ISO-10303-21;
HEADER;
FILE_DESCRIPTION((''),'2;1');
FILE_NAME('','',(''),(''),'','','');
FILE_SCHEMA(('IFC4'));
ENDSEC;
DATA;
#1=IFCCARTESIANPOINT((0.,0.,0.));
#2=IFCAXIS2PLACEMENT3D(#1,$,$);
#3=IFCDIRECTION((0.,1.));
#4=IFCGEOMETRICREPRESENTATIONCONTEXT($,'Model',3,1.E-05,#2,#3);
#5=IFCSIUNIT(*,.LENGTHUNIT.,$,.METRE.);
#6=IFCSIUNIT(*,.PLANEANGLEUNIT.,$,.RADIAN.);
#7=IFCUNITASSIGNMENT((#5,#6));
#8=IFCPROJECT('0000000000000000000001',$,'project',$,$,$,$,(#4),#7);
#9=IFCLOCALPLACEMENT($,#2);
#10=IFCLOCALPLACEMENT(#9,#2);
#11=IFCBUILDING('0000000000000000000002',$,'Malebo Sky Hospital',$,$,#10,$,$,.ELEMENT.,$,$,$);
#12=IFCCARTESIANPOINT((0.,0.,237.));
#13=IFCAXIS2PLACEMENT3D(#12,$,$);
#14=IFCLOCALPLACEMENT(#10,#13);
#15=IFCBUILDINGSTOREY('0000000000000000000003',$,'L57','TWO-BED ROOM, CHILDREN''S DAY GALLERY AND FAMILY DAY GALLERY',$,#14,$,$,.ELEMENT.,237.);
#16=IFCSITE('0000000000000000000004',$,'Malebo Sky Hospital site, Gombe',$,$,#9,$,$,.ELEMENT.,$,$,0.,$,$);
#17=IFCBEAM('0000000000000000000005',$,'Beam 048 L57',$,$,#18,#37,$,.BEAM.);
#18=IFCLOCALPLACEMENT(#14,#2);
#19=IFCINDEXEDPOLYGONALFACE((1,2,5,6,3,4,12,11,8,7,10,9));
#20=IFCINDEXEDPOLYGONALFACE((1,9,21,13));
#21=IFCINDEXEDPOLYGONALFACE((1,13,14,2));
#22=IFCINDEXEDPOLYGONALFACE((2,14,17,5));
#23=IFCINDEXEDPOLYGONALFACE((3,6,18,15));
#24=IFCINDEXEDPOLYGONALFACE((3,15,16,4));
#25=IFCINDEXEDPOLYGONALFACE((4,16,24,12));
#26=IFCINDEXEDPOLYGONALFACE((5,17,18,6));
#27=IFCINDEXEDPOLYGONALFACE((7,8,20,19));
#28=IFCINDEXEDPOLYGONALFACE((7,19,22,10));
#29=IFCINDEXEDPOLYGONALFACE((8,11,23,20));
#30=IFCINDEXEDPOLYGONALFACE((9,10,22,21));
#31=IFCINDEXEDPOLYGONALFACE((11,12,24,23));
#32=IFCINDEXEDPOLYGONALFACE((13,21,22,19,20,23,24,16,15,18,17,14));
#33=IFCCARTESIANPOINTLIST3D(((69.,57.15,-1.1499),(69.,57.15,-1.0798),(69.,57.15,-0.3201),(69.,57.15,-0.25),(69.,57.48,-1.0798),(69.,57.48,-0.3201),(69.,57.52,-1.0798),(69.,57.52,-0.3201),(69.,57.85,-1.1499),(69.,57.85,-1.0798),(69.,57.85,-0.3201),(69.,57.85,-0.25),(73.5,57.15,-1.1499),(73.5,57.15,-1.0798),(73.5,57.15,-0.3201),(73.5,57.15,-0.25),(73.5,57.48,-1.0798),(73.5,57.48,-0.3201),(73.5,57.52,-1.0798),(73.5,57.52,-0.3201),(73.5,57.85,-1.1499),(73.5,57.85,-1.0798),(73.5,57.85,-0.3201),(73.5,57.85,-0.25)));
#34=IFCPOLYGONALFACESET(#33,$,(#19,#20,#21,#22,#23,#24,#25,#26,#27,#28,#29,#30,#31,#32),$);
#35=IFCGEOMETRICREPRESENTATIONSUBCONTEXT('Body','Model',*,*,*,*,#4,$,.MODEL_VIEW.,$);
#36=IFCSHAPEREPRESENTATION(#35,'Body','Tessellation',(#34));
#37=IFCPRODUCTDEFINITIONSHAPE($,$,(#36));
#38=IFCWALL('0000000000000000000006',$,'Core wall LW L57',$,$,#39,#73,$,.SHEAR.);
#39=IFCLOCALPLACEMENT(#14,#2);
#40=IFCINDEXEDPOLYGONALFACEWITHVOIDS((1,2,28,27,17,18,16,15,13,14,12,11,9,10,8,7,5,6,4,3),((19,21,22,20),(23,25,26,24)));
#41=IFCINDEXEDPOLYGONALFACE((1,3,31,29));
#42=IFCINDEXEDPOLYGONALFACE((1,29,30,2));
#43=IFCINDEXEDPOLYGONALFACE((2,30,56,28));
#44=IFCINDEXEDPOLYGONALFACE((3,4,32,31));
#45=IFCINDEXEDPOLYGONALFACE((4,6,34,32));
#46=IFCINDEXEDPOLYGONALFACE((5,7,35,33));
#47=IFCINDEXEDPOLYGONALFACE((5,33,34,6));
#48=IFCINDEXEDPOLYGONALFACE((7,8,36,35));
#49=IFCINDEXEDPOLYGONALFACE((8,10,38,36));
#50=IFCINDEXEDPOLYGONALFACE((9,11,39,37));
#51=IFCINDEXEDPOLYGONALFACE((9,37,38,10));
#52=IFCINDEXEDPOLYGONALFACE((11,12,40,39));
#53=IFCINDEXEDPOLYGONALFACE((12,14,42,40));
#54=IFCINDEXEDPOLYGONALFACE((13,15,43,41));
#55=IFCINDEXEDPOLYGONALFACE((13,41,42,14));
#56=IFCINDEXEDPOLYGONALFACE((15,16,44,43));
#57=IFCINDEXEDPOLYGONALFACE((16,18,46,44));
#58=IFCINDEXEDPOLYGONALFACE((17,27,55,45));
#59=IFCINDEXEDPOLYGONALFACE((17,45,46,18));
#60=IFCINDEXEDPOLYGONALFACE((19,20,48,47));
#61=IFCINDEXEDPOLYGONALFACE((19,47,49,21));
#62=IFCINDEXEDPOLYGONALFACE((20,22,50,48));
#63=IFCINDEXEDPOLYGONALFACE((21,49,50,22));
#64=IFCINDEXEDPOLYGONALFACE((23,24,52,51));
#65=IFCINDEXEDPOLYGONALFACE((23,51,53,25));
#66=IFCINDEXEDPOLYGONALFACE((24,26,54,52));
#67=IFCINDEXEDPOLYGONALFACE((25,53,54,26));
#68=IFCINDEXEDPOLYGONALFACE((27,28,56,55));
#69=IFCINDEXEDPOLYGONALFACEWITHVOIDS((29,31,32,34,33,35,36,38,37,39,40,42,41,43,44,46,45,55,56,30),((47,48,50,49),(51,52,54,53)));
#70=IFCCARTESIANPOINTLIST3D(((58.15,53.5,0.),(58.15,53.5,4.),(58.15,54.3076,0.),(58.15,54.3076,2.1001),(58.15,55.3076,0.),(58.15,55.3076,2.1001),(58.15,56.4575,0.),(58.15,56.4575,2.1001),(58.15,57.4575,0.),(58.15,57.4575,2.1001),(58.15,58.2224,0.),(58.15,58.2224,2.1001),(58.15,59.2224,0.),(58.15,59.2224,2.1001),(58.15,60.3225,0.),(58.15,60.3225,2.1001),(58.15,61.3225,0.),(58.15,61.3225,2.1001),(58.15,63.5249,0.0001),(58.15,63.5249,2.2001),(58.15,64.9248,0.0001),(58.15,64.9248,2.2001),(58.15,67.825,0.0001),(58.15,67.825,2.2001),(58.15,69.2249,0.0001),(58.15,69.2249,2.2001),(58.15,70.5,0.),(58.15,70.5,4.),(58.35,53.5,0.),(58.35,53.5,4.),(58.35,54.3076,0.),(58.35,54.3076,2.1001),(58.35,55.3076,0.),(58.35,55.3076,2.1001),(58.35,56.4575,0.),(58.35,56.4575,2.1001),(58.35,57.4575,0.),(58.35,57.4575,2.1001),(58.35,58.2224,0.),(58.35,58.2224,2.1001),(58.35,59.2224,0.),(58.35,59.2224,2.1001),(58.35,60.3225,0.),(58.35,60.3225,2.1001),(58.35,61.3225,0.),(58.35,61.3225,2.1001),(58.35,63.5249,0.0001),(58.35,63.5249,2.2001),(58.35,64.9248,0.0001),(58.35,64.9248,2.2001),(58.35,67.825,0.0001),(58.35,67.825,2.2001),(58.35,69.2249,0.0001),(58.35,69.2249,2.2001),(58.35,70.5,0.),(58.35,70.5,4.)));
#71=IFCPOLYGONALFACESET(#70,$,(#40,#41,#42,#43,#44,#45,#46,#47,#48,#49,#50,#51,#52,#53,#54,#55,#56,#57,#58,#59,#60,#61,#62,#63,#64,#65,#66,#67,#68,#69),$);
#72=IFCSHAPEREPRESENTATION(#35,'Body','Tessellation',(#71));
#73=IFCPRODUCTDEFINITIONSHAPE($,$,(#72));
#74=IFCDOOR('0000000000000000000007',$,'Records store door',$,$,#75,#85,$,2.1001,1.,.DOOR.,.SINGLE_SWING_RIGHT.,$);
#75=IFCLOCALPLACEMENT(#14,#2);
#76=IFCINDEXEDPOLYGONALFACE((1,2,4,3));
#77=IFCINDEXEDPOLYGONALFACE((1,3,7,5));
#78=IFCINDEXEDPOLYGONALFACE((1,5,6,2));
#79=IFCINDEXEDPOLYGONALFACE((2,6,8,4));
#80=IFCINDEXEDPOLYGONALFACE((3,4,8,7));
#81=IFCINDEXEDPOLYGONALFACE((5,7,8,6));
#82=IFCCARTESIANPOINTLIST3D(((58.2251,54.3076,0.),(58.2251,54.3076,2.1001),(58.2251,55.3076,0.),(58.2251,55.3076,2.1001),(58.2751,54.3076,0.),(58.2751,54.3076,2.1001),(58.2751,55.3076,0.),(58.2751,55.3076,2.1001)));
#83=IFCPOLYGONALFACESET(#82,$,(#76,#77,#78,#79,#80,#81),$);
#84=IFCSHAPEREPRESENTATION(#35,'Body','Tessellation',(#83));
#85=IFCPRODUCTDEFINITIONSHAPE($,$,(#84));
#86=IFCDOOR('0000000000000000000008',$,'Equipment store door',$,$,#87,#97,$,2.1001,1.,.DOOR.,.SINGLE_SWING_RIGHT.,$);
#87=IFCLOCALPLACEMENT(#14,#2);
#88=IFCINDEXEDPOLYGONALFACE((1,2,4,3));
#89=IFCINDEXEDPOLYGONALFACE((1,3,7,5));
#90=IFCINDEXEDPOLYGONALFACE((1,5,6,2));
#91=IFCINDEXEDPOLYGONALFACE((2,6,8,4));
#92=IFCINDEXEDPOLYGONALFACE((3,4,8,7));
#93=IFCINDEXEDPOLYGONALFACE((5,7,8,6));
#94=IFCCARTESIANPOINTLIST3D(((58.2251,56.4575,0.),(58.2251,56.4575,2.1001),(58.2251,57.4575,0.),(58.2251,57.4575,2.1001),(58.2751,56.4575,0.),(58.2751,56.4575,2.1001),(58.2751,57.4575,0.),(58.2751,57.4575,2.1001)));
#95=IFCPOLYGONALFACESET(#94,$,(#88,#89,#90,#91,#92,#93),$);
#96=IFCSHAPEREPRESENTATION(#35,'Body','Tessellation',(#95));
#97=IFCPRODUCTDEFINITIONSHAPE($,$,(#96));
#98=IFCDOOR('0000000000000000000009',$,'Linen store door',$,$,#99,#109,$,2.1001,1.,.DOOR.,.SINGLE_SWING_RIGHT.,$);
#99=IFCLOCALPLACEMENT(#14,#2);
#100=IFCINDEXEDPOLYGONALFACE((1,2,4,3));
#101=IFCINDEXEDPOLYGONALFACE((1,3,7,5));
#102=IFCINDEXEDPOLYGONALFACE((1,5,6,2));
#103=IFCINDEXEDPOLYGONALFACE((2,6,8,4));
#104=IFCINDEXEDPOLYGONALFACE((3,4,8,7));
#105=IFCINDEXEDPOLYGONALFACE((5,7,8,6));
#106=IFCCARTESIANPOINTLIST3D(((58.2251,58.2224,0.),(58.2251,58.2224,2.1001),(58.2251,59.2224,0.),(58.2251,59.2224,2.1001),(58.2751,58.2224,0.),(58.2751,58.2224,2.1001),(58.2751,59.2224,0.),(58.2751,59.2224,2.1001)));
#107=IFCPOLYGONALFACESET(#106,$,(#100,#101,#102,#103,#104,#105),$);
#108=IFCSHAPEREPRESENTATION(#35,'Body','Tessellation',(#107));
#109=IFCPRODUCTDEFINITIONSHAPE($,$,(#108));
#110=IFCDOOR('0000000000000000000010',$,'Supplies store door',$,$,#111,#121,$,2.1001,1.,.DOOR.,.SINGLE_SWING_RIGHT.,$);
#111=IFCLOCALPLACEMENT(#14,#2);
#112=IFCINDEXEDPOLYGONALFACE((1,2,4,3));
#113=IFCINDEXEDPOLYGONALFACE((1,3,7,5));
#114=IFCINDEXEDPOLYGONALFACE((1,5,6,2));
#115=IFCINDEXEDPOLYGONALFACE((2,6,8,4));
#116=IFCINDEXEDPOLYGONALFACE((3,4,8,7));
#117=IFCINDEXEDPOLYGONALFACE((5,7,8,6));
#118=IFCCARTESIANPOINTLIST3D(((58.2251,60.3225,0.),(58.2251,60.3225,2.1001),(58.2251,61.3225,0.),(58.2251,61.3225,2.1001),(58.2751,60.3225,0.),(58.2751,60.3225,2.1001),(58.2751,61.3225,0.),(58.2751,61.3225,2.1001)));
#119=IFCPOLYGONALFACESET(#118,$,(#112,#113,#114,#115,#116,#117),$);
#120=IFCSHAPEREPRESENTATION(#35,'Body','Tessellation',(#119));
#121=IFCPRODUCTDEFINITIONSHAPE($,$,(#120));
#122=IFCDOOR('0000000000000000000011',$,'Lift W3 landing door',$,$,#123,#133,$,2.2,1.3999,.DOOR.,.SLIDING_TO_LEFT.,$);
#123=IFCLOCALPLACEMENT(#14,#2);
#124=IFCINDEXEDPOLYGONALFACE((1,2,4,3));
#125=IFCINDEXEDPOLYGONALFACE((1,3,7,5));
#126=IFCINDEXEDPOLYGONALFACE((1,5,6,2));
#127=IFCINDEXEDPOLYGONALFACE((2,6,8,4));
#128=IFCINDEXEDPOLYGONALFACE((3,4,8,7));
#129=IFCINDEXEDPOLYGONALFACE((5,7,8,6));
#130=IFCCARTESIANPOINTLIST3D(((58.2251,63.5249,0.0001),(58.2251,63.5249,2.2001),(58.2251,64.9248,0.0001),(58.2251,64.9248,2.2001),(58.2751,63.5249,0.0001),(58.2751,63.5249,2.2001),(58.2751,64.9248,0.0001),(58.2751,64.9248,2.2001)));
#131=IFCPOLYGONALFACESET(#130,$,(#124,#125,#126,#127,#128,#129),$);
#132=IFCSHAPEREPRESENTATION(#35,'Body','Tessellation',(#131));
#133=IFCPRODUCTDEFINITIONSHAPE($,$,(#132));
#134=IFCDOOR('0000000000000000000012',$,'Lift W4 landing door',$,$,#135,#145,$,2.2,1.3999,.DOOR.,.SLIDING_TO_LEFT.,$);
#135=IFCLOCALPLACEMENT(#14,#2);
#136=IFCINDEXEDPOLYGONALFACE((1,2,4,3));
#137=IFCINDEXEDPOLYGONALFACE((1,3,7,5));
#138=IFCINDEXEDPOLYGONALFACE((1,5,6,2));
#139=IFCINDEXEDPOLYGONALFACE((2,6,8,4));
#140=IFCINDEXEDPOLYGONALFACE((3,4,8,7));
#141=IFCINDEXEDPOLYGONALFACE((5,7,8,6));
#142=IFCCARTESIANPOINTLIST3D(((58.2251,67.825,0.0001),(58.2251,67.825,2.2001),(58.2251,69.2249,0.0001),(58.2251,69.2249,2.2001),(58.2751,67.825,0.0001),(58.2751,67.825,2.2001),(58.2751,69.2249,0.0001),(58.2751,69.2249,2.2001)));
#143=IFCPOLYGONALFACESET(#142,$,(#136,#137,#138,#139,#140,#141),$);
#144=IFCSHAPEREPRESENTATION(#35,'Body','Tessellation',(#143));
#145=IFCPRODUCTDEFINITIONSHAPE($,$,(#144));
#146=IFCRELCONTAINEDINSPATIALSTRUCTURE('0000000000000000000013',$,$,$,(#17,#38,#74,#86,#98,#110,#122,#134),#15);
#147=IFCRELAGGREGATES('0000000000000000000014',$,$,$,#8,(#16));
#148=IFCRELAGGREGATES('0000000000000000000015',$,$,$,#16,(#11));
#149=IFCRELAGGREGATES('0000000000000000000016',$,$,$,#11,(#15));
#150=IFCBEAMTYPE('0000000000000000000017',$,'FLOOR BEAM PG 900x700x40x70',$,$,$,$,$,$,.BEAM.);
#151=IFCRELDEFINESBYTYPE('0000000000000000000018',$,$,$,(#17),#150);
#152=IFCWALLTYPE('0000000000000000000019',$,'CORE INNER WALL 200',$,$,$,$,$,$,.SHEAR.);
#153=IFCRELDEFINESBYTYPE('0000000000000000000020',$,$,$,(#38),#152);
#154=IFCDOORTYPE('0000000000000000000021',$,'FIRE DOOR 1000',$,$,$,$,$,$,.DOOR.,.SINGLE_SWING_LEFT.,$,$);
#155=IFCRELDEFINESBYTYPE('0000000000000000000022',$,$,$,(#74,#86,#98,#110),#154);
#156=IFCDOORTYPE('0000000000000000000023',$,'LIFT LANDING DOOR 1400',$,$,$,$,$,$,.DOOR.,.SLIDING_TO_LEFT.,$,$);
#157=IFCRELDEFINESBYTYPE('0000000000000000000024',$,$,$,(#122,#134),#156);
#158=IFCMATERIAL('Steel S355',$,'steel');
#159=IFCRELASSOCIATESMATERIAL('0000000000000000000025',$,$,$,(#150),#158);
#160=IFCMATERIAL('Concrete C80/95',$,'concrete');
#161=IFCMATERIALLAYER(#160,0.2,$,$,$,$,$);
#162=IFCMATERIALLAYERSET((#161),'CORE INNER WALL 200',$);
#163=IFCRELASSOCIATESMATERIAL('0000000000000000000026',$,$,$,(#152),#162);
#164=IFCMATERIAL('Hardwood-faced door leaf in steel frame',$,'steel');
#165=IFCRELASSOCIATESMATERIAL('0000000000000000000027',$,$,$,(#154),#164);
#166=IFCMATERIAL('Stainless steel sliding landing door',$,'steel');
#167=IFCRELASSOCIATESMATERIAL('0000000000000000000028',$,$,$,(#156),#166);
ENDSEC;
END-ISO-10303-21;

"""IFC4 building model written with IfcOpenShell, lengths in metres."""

from ifc_helpers import new_model, si_unit, direction, frame, frame_2d, origin, origin_2d, place, context, subcontext, project, spatial, rectangle, i_section, extrude, material, layer, layer_set, material_profile, profile_set, type_object, element, fill, save


model = new_model("IFC4")

# Units and contexts
model_context = context("Model", 3, precision=1e-05, world=origin(), true_north=direction((0.0, 1.0)))
body_context = subcontext(model_context, "Body", "Model", "MODEL_VIEW")
ifc_project = project(units=[si_unit("LENGTHUNIT", "METRE"), si_unit("PLANEANGLEUNIT", "RADIAN")], contexts=[model_context])

# Site, building, storey
site_placement = place(None, origin())
site = spatial("IfcSite", under=ifc_project, at=site_placement, Name="Malebo Sky Hospital site, Gombe", CompositionType="ELEMENT", RefElevation=0.0)
building_placement = place(site_placement, origin())
building = spatial("IfcBuilding", under=site, at=building_placement, Name="Malebo Sky Hospital", CompositionType="ELEMENT")
storey_placement = place(building_placement, frame((0.0, 0.0, 237.0)))
storey = spatial("IfcBuildingStorey", under=building, at=storey_placement, Name="L57", Description="TWO-BED ROOM, CHILDREN'S DAY GALLERY AND FAMILY DAY GALLERY", CompositionType="ELEMENT", Elevation=237.0)

# Beam
ifc_material_1 = material(Name="Steel S355", Category="steel")
ifc_material_profile = material_profile(ifc_material_1, i_section(OverallWidth=0.7, OverallDepth=0.8999, WebThickness=0.04, FlangeThickness=0.0701, at=origin_2d()), Name="PG 900x700x40x70")
ifc_profile_set = profile_set([ifc_material_profile], Name="Steel S355")
beam_type = type_object("IfcBeamType", Name="FLOOR BEAM PG 900x700x40x70", PredefinedType="BEAM", material=ifc_profile_set)
beam_placement = place(storey_placement, frame((69.0, 57.5, -0.7), z_axis=(1.0, 0.0, 0.0), x_axis=(0.0, 1.0, 0.0)))
element("IfcBeam", 1, at=beam_placement, inside=storey, type_object=beam_type, Name="Beam 048 L57", PredefinedType="BEAM", context=body_context, shape_type="SweptSolid", body=[
    extrude(i_section(OverallWidth=0.7, OverallDepth=0.8999, WebThickness=0.04, FlangeThickness=0.0701, at=origin_2d()), origin(), (0.0, 0.0, 1.0), 4.5),
])

# Wall, openings, doors
ifc_material_2 = material(Name="Concrete C80/95", Category="concrete")
ifc_layer_1 = layer(ifc_material_2, 0.2)
ifc_layer_set_1 = layer_set([ifc_layer_1], Name="CORE INNER WALL 200")
wall_type_1 = type_object("IfcWallType", Name="CORE INNER WALL 200", PredefinedType="SHEAR", material=ifc_layer_set_1)
wall_1_placement = place(storey_placement, frame((58.25, 53.5, 0.0), z_axis=(0.0, 0.0, 1.0), x_axis=(0.0, 1.0, 0.0)))
wall_1 = element("IfcWall", 2, at=wall_1_placement, inside=storey, type_object=wall_type_1, Name="Core wall LW L57", PredefinedType="SHEAR", context=body_context, shape_type="SweptSolid", body=[
    extrude(rectangle(XDim=17.0, YDim=0.2, at=frame_2d((8.5, 0.0))), origin(), (0.0, 0.0, 1.0), 4.0),
])
opening_1_placement = place(wall_1_placement, frame((0.8076, 0.0, 0.0)))
opening_1 = element("IfcOpeningElement", 3, at=opening_1_placement, cuts=wall_1, PredefinedType="OPENING", context=body_context, shape_type="SweptSolid", body=[
    extrude(rectangle(XDim=1.0, YDim=2.1001, at=frame_2d((0.5, 1.05))), frame((0.0, 0.1099, 0.0), z_axis=(0.0, -1.0, 0.0), x_axis=(1.0, 0.0, 0.0)), (0.0, 0.0, 1.0), 0.22),
])
opening_2_placement = place(wall_1_placement, frame((2.9575, 0.0, 0.0)))
opening_2 = element("IfcOpeningElement", 4, at=opening_2_placement, cuts=wall_1, PredefinedType="OPENING", context=body_context, shape_type="SweptSolid", body=[
    extrude(rectangle(XDim=1.0, YDim=2.1001, at=frame_2d((0.5, 1.05))), frame((0.0, 0.1099, 0.0), z_axis=(0.0, -1.0, 0.0), x_axis=(1.0, 0.0, 0.0)), (0.0, 0.0, 1.0), 0.22),
])
opening_3_placement = place(wall_1_placement, frame((4.7224, 0.0, 0.0)))
opening_3 = element("IfcOpeningElement", 5, at=opening_3_placement, cuts=wall_1, PredefinedType="OPENING", context=body_context, shape_type="SweptSolid", body=[
    extrude(rectangle(XDim=1.0, YDim=2.1001, at=frame_2d((0.5, 1.05))), frame((0.0, 0.1099, 0.0), z_axis=(0.0, -1.0, 0.0), x_axis=(1.0, 0.0, 0.0)), (0.0, 0.0, 1.0), 0.22),
])
opening_4_placement = place(wall_1_placement, frame((6.8225, 0.0, 0.0)))
opening_4 = element("IfcOpeningElement", 6, at=opening_4_placement, cuts=wall_1, PredefinedType="OPENING", context=body_context, shape_type="SweptSolid", body=[
    extrude(rectangle(XDim=1.0, YDim=2.1001, at=frame_2d((0.5, 1.05))), frame((0.0, 0.1099, 0.0), z_axis=(0.0, -1.0, 0.0), x_axis=(1.0, 0.0, 0.0)), (0.0, 0.0, 1.0), 0.22),
])
opening_5_placement = place(wall_1_placement, frame((10.0249, 0.0, 0.0)))
opening_5 = element("IfcOpeningElement", 7, at=opening_5_placement, cuts=wall_1, PredefinedType="OPENING", context=body_context, shape_type="SweptSolid", body=[
    extrude(rectangle(XDim=1.3999, YDim=2.2, at=frame_2d((0.7, 1.1001))), frame((0.0, 0.1099, 0.0), z_axis=(0.0, -1.0, 0.0), x_axis=(1.0, 0.0, 0.0)), (0.0, 0.0, 1.0), 0.22),
])
opening_6_placement = place(wall_1_placement, frame((14.325, 0.0, 0.0)))
opening_6 = element("IfcOpeningElement", 8, at=opening_6_placement, cuts=wall_1, PredefinedType="OPENING", context=body_context, shape_type="SweptSolid", body=[
    extrude(rectangle(XDim=1.3999, YDim=2.2, at=frame_2d((0.7, 1.1001))), frame((0.0, 0.1099, 0.0), z_axis=(0.0, -1.0, 0.0), x_axis=(1.0, 0.0, 0.0)), (0.0, 0.0, 1.0), 0.22),
])
ifc_material_3 = material(Name="Hardwood-faced door leaf in steel frame", Category="steel")
door_type_1 = type_object("IfcDoorType", Name="FIRE DOOR 1000", OperationType="SINGLE_SWING_LEFT", PredefinedType="DOOR", material=ifc_material_3)
door_1_placement = place(opening_1_placement, origin())
door_1 = element("IfcDoor", 9, at=door_1_placement, inside=storey, type_object=door_type_1, Name="Records store door", OperationType="SINGLE_SWING_RIGHT", OverallHeight=2.1001, OverallWidth=1.0, PredefinedType="DOOR", context=body_context, shape_type="SweptSolid", body=[
    extrude(rectangle(XDim=1.0, YDim=2.1001, at=frame_2d((0.5, 1.05))), frame((0.0, 0.0249, 0.0), z_axis=(0.0, -1.0, 0.0), x_axis=(1.0, 0.0, 0.0)), (0.0, 0.0, 1.0), 0.05),
])
fill(opening_1, door_1)
door_2_placement = place(opening_2_placement, origin())
door_2 = element("IfcDoor", 10, at=door_2_placement, inside=storey, type_object=door_type_1, Name="Equipment store door", OperationType="SINGLE_SWING_RIGHT", OverallHeight=2.1001, OverallWidth=1.0, PredefinedType="DOOR", context=body_context, shape_type="SweptSolid", body=[
    extrude(rectangle(XDim=1.0, YDim=2.1001, at=frame_2d((0.5, 1.05))), frame((0.0, 0.0249, 0.0), z_axis=(0.0, -1.0, 0.0), x_axis=(1.0, 0.0, 0.0)), (0.0, 0.0, 1.0), 0.05),
])
fill(opening_2, door_2)
door_3_placement = place(opening_3_placement, origin())
door_3 = element("IfcDoor", 11, at=door_3_placement, inside=storey, type_object=door_type_1, Name="Linen store door", OperationType="SINGLE_SWING_RIGHT", OverallHeight=2.1001, OverallWidth=1.0, PredefinedType="DOOR", context=body_context, shape_type="SweptSolid", body=[
    extrude(rectangle(XDim=1.0, YDim=2.1001, at=frame_2d((0.5, 1.05))), frame((0.0, 0.0249, 0.0), z_axis=(0.0, -1.0, 0.0), x_axis=(1.0, 0.0, 0.0)), (0.0, 0.0, 1.0), 0.05),
])
fill(opening_3, door_3)
door_4_placement = place(opening_4_placement, origin())
door_4 = element("IfcDoor", 12, at=door_4_placement, inside=storey, type_object=door_type_1, Name="Supplies store door", OperationType="SINGLE_SWING_RIGHT", OverallHeight=2.1001, OverallWidth=1.0, PredefinedType="DOOR", context=body_context, shape_type="SweptSolid", body=[
    extrude(rectangle(XDim=1.0, YDim=2.1001, at=frame_2d((0.5, 1.05))), frame((0.0, 0.0249, 0.0), z_axis=(0.0, -1.0, 0.0), x_axis=(1.0, 0.0, 0.0)), (0.0, 0.0, 1.0), 0.05),
])
fill(opening_4, door_4)
ifc_material_4 = material(Name="Stainless steel sliding landing door", Category="steel")
door_type_2 = type_object("IfcDoorType", Name="LIFT LANDING DOOR 1400", OperationType="SLIDING_TO_LEFT", PredefinedType="DOOR", material=ifc_material_4)
door_5_placement = place(opening_5_placement, origin())
door_5 = element("IfcDoor", 13, at=door_5_placement, inside=storey, type_object=door_type_2, Name="Lift W3 landing door", OperationType="SLIDING_TO_LEFT", OverallHeight=2.2, OverallWidth=1.3999, PredefinedType="DOOR", context=body_context, shape_type="SweptSolid", body=[
    extrude(rectangle(XDim=1.3999, YDim=2.2, at=frame_2d((0.7, 1.1001))), frame((0.0, 0.0249, 0.0), z_axis=(0.0, -1.0, 0.0), x_axis=(1.0, 0.0, 0.0)), (0.0, 0.0, 1.0), 0.05),
])
fill(opening_5, door_5)
door_6_placement = place(opening_6_placement, origin())
door_6 = element("IfcDoor", 14, at=door_6_placement, inside=storey, type_object=door_type_2, Name="Lift W4 landing door", OperationType="SLIDING_TO_LEFT", OverallHeight=2.2, OverallWidth=1.3999, PredefinedType="DOOR", context=body_context, shape_type="SweptSolid", body=[
    extrude(rectangle(XDim=1.3999, YDim=2.2, at=frame_2d((0.7, 1.1001))), frame((0.0, 0.0249, 0.0), z_axis=(0.0, -1.0, 0.0), x_axis=(1.0, 0.0, 0.0)), (0.0, 0.0, 1.0), 0.05),
])
fill(opening_6, door_6)

save(model, "model.ifc")
